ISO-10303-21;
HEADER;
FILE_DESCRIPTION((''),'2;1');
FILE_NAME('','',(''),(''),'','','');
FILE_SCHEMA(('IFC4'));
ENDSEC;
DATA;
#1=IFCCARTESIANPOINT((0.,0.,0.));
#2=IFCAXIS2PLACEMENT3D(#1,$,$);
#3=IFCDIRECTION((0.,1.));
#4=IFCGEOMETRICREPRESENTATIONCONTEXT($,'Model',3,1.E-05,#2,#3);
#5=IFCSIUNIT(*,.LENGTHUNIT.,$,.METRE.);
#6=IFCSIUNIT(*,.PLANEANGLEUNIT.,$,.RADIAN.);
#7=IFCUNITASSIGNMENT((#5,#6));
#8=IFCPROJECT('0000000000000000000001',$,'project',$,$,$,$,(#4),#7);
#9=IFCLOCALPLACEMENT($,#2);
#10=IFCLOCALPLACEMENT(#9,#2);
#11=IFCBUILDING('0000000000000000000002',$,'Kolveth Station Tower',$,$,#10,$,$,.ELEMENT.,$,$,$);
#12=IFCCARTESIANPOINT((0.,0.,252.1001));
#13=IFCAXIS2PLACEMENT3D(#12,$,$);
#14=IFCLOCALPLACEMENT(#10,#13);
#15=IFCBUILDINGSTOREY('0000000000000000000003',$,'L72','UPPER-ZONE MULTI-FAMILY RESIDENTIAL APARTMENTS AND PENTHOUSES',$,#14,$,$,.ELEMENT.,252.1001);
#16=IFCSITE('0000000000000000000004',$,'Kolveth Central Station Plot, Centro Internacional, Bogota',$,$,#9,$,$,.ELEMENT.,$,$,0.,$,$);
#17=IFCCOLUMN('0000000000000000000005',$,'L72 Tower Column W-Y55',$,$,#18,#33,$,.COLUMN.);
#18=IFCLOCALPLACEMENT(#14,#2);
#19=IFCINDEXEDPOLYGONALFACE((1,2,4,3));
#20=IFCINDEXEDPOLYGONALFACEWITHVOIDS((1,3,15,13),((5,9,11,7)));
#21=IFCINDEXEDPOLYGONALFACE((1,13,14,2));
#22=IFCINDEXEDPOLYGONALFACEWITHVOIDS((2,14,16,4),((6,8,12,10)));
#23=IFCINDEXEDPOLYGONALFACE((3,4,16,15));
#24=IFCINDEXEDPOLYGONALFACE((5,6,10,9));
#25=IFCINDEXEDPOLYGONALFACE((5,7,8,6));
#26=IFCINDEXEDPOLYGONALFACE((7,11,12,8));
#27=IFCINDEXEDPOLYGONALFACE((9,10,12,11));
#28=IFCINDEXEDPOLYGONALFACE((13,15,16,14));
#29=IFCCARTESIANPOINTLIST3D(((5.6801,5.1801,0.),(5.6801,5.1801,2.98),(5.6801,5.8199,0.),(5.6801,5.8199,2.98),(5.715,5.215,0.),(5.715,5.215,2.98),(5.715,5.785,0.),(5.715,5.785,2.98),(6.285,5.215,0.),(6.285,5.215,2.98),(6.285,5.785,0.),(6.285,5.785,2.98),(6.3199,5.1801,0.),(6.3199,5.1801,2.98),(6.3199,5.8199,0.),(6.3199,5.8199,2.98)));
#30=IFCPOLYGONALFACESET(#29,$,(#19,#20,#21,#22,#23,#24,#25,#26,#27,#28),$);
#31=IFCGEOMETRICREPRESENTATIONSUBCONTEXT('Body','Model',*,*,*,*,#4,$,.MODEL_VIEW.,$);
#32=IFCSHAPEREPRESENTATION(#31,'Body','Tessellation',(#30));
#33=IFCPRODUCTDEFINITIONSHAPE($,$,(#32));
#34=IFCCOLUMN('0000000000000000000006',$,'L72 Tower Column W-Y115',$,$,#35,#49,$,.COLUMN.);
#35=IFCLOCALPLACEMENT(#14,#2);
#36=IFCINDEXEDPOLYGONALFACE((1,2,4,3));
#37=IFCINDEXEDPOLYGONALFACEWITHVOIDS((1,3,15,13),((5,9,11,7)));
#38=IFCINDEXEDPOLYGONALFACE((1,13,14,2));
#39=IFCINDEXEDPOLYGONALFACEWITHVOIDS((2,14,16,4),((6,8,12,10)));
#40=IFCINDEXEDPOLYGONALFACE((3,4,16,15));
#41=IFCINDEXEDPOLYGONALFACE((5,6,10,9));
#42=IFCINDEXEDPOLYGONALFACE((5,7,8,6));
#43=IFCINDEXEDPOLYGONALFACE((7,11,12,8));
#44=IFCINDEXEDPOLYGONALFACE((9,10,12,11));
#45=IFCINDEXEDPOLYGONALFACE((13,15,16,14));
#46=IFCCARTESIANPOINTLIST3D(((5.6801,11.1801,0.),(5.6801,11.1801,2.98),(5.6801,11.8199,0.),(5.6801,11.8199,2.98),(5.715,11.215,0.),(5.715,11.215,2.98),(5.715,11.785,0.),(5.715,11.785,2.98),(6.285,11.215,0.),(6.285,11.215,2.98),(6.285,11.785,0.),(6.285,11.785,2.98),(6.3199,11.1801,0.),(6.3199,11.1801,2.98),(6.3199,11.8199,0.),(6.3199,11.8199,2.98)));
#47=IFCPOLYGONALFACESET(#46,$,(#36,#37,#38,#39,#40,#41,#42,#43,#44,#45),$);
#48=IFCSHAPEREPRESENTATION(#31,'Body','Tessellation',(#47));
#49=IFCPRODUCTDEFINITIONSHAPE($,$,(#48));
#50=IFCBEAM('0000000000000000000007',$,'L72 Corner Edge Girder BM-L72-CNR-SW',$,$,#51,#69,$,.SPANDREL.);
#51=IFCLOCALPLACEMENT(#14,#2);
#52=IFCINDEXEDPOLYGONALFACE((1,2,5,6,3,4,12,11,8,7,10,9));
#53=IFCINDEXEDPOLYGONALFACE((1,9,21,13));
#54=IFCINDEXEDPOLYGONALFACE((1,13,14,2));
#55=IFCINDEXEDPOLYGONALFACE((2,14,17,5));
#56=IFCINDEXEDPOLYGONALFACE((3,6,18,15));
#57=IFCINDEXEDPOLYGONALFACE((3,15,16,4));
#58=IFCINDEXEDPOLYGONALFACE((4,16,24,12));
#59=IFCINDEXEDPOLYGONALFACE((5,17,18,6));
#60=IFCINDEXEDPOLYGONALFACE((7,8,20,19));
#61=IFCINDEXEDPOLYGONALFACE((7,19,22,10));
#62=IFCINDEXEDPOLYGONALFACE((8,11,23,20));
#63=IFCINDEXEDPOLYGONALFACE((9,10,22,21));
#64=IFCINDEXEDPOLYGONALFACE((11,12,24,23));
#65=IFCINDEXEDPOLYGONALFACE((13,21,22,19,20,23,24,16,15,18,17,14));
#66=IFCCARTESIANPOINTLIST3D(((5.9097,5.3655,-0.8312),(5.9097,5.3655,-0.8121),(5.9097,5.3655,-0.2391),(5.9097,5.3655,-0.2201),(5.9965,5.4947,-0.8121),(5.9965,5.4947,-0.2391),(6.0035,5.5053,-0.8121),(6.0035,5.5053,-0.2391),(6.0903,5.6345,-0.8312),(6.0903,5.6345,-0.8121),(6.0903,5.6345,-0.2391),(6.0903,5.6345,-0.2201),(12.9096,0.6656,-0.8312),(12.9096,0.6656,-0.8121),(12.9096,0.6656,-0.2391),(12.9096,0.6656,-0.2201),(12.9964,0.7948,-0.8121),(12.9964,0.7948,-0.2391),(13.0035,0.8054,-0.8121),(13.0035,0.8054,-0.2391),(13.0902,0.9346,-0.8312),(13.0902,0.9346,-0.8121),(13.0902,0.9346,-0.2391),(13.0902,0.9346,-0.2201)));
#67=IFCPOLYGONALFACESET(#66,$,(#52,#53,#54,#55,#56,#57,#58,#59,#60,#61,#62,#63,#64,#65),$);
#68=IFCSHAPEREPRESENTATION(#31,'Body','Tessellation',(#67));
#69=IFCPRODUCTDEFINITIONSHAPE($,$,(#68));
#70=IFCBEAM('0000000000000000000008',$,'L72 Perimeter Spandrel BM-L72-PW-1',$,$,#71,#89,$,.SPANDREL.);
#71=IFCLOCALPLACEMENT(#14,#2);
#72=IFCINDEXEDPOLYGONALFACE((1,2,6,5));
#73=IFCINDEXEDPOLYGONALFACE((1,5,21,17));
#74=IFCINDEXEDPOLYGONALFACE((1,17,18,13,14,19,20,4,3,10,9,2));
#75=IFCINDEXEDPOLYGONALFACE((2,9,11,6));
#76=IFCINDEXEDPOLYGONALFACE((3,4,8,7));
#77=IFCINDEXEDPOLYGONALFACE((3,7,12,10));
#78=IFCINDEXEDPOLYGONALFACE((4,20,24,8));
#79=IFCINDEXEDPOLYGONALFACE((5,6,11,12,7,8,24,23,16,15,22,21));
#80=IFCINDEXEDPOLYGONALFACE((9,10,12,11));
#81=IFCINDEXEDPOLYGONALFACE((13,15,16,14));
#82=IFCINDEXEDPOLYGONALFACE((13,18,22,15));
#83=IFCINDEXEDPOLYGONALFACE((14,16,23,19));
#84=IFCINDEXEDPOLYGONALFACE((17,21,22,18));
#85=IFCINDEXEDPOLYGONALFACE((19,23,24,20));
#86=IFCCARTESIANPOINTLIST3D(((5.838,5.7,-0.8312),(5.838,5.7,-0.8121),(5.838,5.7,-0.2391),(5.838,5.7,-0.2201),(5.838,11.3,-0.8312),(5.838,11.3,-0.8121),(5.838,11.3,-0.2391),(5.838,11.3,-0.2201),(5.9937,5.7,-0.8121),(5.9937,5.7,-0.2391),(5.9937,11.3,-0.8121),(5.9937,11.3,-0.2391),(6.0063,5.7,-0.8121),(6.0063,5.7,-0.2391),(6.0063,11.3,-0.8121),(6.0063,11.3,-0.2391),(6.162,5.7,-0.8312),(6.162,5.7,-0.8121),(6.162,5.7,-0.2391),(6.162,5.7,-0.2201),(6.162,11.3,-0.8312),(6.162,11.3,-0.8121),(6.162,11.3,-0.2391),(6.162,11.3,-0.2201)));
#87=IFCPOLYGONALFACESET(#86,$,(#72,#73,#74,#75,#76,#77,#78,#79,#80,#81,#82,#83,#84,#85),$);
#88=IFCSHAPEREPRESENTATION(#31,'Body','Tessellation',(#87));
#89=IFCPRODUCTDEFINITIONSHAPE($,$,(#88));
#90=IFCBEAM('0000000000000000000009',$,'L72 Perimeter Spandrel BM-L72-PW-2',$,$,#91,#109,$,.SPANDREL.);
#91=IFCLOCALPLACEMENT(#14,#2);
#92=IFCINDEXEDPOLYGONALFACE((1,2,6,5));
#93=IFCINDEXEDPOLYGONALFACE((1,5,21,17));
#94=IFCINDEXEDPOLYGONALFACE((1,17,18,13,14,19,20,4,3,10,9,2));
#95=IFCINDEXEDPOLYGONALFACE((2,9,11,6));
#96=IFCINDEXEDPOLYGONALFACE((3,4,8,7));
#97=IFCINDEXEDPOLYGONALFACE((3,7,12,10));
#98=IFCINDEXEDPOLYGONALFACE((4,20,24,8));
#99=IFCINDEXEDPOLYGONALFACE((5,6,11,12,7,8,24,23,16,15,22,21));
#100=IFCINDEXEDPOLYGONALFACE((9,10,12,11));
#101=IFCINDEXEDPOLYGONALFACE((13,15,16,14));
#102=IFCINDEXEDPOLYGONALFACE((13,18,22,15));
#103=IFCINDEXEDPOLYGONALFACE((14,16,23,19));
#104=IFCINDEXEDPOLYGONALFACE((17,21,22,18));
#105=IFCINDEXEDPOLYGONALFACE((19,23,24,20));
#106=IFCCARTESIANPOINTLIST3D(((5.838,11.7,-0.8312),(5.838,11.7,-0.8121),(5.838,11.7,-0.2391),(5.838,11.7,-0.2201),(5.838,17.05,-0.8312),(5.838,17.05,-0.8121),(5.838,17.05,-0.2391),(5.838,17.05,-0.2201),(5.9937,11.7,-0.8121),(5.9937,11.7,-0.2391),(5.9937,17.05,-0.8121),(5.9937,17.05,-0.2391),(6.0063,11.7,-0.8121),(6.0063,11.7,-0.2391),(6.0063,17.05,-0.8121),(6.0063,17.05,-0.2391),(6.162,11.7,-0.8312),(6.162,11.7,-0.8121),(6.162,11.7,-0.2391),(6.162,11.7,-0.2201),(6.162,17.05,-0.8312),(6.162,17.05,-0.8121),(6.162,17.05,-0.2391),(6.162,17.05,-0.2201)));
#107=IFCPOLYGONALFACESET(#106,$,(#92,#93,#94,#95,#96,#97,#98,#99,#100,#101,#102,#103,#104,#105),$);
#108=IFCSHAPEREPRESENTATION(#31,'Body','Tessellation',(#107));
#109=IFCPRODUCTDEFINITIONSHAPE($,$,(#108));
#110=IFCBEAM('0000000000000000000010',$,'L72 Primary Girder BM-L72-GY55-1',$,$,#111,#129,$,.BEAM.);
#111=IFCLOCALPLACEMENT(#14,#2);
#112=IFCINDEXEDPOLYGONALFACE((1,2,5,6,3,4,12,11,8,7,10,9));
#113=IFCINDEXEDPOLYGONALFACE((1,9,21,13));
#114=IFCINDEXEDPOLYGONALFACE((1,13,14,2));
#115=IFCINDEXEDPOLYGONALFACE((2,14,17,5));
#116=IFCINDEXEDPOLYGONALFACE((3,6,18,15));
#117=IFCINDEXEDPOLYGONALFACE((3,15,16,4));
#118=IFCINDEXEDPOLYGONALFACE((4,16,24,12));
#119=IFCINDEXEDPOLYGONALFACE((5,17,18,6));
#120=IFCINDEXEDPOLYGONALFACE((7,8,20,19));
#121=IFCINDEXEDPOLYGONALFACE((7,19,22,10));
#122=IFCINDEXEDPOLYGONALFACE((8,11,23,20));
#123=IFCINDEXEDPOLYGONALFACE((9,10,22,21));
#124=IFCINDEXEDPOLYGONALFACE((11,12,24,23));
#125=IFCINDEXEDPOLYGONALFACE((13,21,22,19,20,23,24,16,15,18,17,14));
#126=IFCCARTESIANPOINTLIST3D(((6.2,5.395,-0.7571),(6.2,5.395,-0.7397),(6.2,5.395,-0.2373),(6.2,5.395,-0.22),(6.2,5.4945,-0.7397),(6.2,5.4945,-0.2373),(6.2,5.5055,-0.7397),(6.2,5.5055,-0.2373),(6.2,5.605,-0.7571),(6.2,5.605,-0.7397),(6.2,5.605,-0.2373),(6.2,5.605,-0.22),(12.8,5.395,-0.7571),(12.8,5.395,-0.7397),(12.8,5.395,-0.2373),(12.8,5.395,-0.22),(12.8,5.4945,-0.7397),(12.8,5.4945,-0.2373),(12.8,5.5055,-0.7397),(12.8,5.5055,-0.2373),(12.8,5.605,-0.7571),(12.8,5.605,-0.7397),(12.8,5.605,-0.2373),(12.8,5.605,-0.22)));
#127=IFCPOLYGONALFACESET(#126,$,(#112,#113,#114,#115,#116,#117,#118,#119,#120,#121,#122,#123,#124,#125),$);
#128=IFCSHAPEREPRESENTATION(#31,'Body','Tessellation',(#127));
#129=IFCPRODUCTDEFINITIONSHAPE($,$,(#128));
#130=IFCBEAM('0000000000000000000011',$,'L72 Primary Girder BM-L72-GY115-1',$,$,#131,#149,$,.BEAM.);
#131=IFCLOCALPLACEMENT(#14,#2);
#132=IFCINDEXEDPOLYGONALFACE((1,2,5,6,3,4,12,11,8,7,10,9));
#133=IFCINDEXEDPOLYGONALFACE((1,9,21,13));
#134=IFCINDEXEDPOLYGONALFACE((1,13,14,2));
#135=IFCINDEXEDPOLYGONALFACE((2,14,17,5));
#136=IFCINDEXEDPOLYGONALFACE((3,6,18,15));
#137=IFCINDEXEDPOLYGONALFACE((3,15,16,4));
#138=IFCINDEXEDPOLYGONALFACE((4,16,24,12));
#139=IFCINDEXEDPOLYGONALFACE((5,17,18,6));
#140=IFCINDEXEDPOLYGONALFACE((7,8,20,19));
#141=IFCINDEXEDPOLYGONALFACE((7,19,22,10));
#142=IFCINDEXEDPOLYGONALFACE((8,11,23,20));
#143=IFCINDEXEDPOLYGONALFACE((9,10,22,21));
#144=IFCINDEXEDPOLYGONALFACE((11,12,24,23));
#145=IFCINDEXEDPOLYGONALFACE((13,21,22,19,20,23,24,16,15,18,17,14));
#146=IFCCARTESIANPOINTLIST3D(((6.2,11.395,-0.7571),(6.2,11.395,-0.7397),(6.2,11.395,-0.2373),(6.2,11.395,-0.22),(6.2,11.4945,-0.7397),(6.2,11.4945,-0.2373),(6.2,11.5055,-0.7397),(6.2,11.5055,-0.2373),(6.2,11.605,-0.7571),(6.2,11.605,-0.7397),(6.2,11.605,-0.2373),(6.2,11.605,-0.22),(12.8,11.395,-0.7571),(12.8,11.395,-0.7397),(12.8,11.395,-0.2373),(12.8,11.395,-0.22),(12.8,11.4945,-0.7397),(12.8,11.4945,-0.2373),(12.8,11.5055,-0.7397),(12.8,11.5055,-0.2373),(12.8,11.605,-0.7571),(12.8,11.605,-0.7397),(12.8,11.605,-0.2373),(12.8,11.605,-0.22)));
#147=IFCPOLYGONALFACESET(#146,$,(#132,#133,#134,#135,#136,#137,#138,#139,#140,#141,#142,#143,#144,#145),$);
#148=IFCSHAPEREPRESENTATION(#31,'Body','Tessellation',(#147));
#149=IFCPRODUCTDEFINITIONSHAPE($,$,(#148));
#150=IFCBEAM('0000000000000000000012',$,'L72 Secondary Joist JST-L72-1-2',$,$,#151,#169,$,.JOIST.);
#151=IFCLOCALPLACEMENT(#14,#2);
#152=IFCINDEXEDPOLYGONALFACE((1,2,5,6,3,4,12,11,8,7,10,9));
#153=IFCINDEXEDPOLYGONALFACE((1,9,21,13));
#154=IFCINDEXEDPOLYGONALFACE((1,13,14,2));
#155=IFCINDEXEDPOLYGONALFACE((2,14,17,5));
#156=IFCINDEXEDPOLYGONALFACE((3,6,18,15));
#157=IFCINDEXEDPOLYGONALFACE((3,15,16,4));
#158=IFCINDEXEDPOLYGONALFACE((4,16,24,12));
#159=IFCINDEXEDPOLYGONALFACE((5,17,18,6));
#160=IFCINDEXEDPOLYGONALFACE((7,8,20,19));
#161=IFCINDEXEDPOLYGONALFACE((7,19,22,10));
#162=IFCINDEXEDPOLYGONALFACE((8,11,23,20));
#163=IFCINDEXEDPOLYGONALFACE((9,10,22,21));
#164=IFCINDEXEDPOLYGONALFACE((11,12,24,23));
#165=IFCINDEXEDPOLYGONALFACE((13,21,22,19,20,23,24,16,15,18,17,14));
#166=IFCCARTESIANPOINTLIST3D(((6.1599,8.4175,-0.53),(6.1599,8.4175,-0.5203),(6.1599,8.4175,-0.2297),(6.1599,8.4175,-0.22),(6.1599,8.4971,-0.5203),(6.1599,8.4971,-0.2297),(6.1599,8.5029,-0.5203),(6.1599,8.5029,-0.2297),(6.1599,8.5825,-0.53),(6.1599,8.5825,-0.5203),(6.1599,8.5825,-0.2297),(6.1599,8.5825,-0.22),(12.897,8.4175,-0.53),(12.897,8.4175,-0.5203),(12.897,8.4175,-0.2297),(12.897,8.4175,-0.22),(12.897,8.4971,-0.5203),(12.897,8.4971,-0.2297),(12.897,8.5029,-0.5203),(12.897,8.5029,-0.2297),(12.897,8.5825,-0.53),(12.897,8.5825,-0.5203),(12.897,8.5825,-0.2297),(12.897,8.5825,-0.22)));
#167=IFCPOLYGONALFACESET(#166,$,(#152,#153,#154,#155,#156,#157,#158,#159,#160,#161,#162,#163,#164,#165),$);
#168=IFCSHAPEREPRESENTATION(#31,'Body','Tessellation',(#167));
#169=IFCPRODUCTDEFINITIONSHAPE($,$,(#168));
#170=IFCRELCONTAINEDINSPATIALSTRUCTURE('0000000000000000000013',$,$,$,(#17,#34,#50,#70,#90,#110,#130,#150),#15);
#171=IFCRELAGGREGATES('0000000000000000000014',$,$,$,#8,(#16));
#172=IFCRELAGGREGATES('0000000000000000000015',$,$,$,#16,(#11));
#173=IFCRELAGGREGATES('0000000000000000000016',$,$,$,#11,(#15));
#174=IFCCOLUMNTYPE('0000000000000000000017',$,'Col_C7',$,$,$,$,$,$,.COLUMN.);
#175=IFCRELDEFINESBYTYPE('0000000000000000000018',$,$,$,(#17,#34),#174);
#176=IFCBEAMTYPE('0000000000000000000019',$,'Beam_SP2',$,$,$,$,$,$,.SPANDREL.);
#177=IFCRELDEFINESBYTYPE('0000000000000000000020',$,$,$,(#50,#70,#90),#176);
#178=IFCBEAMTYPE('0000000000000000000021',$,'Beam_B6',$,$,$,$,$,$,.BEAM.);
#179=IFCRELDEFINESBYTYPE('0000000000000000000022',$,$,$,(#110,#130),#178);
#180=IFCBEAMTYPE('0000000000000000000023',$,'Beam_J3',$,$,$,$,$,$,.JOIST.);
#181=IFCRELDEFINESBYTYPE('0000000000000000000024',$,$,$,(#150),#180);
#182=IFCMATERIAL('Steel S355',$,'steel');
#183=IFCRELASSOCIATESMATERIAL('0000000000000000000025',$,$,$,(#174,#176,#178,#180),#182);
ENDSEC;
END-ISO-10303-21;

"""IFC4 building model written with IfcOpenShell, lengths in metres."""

from ifc_helpers import new_model, si_unit, direction, frame, origin, origin_2d, place, context, subcontext, project, spatial, hollow_rectangle, i_section, extrude, source, transform, mapped, material, material_profile, profile_set, type_object, element, save


model = new_model("IFC4")

# Units and contexts
model_context = context("Model", 3, precision=1e-05, world=origin(), true_north=direction((0.0, 1.0)))
body_context = subcontext(model_context, "Body", "Model", "MODEL_VIEW")
ifc_project = project(units=[si_unit("LENGTHUNIT", "METRE"), si_unit("PLANEANGLEUNIT", "RADIAN")], contexts=[model_context])

# Site, building, storey
site_placement = place(None, origin())
site = spatial("IfcSite", under=ifc_project, at=site_placement, Name="Kolveth Central Station Plot, Centro Internacional, Bogota", CompositionType="ELEMENT", RefElevation=0.0)
building_placement = place(site_placement, origin())
building = spatial("IfcBuilding", under=site, at=building_placement, Name="Kolveth Station Tower", CompositionType="ELEMENT")
storey_placement = place(building_placement, frame((0.0, 0.0, 252.1001)))
storey = spatial("IfcBuildingStorey", under=building, at=storey_placement, Name="L72", Description="UPPER-ZONE MULTI-FAMILY RESIDENTIAL APARTMENTS AND PENTHOUSES", CompositionType="ELEMENT", Elevation=252.1001)

# Columns
ifc_material_1 = material(Name="Steel S355", Category="steel")
ifc_material_profile_1 = material_profile(ifc_material_1, hollow_rectangle(XDim=0.6399, YDim=0.6399, WallThickness=0.0349, at=origin_2d()), Name="BOX640x640x35")
ifc_profile_set_1 = profile_set([ifc_material_profile_1], Name="Steel S355")
column_type = type_object("IfcColumnType", Name="Col_C7", PredefinedType="COLUMN", material=ifc_profile_set_1)
shared_shape_1 = source(origin(), body_context, "Body", "SweptSolid", [
    extrude(hollow_rectangle(XDim=0.6399, YDim=0.6399, WallThickness=0.0349, at=origin_2d()), origin(), (0.0, 0.0, 1.0), 2.98),
])
for number, where, z_axis, x_axis, name in (
    (1, (6.0, 5.5, 0.0), (0.0, 0.0, 1.0), (1.0, 0.0, 0.0), "L72 Tower Column W-Y55"),
    (2, (6.0, 11.5, 0.0), (0.0, 0.0, 1.0), (1.0, 0.0, 0.0), "L72 Tower Column W-Y115"),
):
    element("IfcColumn", number, at=place(storey_placement, frame(where, z_axis=z_axis, x_axis=x_axis)), inside=storey, type_object=column_type, Name=name, PredefinedType="COLUMN", context=body_context, shape_type="MappedRepresentation", body=[
        mapped(shared_shape_1, transform((0.0, 0.0, 0.0), x_axis=(1.0, 0.0, 0.0), y_axis=(0.0, 1.0, 0.0), z_axis=(0.0, 0.0, 1.0), scale=1.0)),
    ])

# Beams
ifc_material_profile_2 = material_profile(ifc_material_1, i_section(OverallWidth=0.324, OverallDepth=0.6111, WebThickness=0.0127, FlangeThickness=0.019, at=origin_2d()), Name="W610x155")
ifc_profile_set_2 = profile_set([ifc_material_profile_2], Name="Steel S355")
beam_type_1 = type_object("IfcBeamType", Name="Beam_SP2", PredefinedType="SPANDREL", material=ifc_profile_set_2)
shared_shape_2 = source(origin(), body_context, "Body", "SweptSolid", [
    extrude(i_section(OverallWidth=0.324, OverallDepth=0.6111, WebThickness=0.0127, FlangeThickness=0.019, at=origin_2d()), origin(), (0.0, 0.0, 1.0), 8.4314),
])
beam_1_placement = place(storey_placement, frame((6.0, 5.5, -0.5256), z_axis=(0.830224, -0.55743, 0.0), x_axis=(0.55743, 0.830224, 0.0)))
element("IfcBeam", 3, at=beam_1_placement, inside=storey, type_object=beam_type_1, Name="L72 Corner Edge Girder BM-L72-CNR-SW", PredefinedType="SPANDREL", context=body_context, shape_type="MappedRepresentation", body=[
    mapped(shared_shape_2, transform((0.0, 0.0, 0.0), x_axis=(1.0, 0.0, 0.0), y_axis=(0.0, 1.0, 0.0), z_axis=(0.0, 0.0, 1.0), scale=1.0)),
])
shared_shape_3 = source(origin(), body_context, "Body", "SweptSolid", [
    extrude(i_section(OverallWidth=0.324, OverallDepth=0.6111, WebThickness=0.0127, FlangeThickness=0.019, at=origin_2d()), origin(), (0.0, 0.0, 1.0), 5.6001),
])
beam_2_placement = place(storey_placement, frame((6.0, 5.7, -0.5256), z_axis=(0.0, 1.0, 0.0), x_axis=(-1.0, 0.0, 0.0)))
element("IfcBeam", 4, at=beam_2_placement, inside=storey, type_object=beam_type_1, Name="L72 Perimeter Spandrel BM-L72-PW-1", PredefinedType="SPANDREL", context=body_context, shape_type="MappedRepresentation", body=[
    mapped(shared_shape_3, transform((0.0, 0.0, 0.0), x_axis=(1.0, 0.0, 0.0), y_axis=(0.0, 1.0, 0.0), z_axis=(0.0, 0.0, 1.0), scale=1.0)),
])
shared_shape_4 = source(origin(), body_context, "Body", "SweptSolid", [
    extrude(i_section(OverallWidth=0.324, OverallDepth=0.6111, WebThickness=0.0127, FlangeThickness=0.019, at=origin_2d()), origin(), (0.0, 0.0, 1.0), 5.3501),
])
beam_3_placement = place(storey_placement, frame((6.0, 11.7, -0.5256), z_axis=(0.0, 1.0, 0.0), x_axis=(-1.0, 0.0, 0.0)))
element("IfcBeam", 5, at=beam_3_placement, inside=storey, type_object=beam_type_1, Name="L72 Perimeter Spandrel BM-L72-PW-2", PredefinedType="SPANDREL", context=body_context, shape_type="MappedRepresentation", body=[
    mapped(shared_shape_4, transform((0.0, 0.0, 0.0), x_axis=(1.0, 0.0, 0.0), y_axis=(0.0, 1.0, 0.0), z_axis=(0.0, 0.0, 1.0), scale=1.0)),
])
ifc_material_profile_3 = material_profile(ifc_material_1, i_section(OverallWidth=0.21, OverallDepth=0.5371, WebThickness=0.011, FlangeThickness=0.0173, at=origin_2d()), Name="W530x101")
ifc_profile_set_3 = profile_set([ifc_material_profile_3], Name="Steel S355")
beam_type_2 = type_object("IfcBeamType", Name="Beam_B6", PredefinedType="BEAM", material=ifc_profile_set_3)
shared_shape_5 = source(origin(), body_context, "Body", "SweptSolid", [
    extrude(i_section(OverallWidth=0.21, OverallDepth=0.5371, WebThickness=0.011, FlangeThickness=0.0173, at=origin_2d()), origin(), (0.0, 0.0, 1.0), 6.6001),
])
for number, where, z_axis, x_axis, name in (
    (6, (6.2, 5.5, -0.4885), (1.0, 0.0, 0.0), (0.0, 1.0, 0.0), "L72 Primary Girder BM-L72-GY55-1"),
    (7, (6.2, 11.5, -0.4885), (1.0, 0.0, 0.0), (0.0, 1.0, 0.0), "L72 Primary Girder BM-L72-GY115-1"),
):
    element("IfcBeam", number, at=place(storey_placement, frame(where, z_axis=z_axis, x_axis=x_axis)), inside=storey, type_object=beam_type_2, Name=name, PredefinedType="BEAM", context=body_context, shape_type="MappedRepresentation", body=[
        mapped(shared_shape_5, transform((0.0, 0.0, 0.0), x_axis=(1.0, 0.0, 0.0), y_axis=(0.0, 1.0, 0.0), z_axis=(0.0, 0.0, 1.0), scale=1.0)),
    ])
ifc_material_profile_4 = material_profile(ifc_material_1, i_section(OverallWidth=0.165, OverallDepth=0.3101, WebThickness=0.0059, FlangeThickness=0.0098, at=origin_2d()), Name="W310x39")
ifc_profile_set_4 = profile_set([ifc_material_profile_4], Name="Steel S355")
beam_type_3 = type_object("IfcBeamType", Name="Beam_J3", PredefinedType="JOIST", material=ifc_profile_set_4)
shared_shape_6 = source(origin(), body_context, "Body", "SweptSolid", [
    extrude(i_section(OverallWidth=0.165, OverallDepth=0.3101, WebThickness=0.0059, FlangeThickness=0.0098, at=origin_2d()), origin(), (0.0, 0.0, 1.0), 6.7371),
])
for number, where, z_axis, x_axis, name in (
    (8, (6.1599, 8.5, -0.375), (1.0, 0.0, 0.0), (0.0, 1.0, 0.0), "L72 Secondary Joist JST-L72-1-2"),
):
    element("IfcBeam", number, at=place(storey_placement, frame(where, z_axis=z_axis, x_axis=x_axis)), inside=storey, type_object=beam_type_3, Name=name, PredefinedType="JOIST", context=body_context, shape_type="MappedRepresentation", body=[
        mapped(shared_shape_6, transform((0.0, 0.0, 0.0), x_axis=(1.0, 0.0, 0.0), y_axis=(0.0, 1.0, 0.0), z_axis=(0.0, 0.0, 1.0), scale=1.0)),
    ])

save(model, "model.ifc")
